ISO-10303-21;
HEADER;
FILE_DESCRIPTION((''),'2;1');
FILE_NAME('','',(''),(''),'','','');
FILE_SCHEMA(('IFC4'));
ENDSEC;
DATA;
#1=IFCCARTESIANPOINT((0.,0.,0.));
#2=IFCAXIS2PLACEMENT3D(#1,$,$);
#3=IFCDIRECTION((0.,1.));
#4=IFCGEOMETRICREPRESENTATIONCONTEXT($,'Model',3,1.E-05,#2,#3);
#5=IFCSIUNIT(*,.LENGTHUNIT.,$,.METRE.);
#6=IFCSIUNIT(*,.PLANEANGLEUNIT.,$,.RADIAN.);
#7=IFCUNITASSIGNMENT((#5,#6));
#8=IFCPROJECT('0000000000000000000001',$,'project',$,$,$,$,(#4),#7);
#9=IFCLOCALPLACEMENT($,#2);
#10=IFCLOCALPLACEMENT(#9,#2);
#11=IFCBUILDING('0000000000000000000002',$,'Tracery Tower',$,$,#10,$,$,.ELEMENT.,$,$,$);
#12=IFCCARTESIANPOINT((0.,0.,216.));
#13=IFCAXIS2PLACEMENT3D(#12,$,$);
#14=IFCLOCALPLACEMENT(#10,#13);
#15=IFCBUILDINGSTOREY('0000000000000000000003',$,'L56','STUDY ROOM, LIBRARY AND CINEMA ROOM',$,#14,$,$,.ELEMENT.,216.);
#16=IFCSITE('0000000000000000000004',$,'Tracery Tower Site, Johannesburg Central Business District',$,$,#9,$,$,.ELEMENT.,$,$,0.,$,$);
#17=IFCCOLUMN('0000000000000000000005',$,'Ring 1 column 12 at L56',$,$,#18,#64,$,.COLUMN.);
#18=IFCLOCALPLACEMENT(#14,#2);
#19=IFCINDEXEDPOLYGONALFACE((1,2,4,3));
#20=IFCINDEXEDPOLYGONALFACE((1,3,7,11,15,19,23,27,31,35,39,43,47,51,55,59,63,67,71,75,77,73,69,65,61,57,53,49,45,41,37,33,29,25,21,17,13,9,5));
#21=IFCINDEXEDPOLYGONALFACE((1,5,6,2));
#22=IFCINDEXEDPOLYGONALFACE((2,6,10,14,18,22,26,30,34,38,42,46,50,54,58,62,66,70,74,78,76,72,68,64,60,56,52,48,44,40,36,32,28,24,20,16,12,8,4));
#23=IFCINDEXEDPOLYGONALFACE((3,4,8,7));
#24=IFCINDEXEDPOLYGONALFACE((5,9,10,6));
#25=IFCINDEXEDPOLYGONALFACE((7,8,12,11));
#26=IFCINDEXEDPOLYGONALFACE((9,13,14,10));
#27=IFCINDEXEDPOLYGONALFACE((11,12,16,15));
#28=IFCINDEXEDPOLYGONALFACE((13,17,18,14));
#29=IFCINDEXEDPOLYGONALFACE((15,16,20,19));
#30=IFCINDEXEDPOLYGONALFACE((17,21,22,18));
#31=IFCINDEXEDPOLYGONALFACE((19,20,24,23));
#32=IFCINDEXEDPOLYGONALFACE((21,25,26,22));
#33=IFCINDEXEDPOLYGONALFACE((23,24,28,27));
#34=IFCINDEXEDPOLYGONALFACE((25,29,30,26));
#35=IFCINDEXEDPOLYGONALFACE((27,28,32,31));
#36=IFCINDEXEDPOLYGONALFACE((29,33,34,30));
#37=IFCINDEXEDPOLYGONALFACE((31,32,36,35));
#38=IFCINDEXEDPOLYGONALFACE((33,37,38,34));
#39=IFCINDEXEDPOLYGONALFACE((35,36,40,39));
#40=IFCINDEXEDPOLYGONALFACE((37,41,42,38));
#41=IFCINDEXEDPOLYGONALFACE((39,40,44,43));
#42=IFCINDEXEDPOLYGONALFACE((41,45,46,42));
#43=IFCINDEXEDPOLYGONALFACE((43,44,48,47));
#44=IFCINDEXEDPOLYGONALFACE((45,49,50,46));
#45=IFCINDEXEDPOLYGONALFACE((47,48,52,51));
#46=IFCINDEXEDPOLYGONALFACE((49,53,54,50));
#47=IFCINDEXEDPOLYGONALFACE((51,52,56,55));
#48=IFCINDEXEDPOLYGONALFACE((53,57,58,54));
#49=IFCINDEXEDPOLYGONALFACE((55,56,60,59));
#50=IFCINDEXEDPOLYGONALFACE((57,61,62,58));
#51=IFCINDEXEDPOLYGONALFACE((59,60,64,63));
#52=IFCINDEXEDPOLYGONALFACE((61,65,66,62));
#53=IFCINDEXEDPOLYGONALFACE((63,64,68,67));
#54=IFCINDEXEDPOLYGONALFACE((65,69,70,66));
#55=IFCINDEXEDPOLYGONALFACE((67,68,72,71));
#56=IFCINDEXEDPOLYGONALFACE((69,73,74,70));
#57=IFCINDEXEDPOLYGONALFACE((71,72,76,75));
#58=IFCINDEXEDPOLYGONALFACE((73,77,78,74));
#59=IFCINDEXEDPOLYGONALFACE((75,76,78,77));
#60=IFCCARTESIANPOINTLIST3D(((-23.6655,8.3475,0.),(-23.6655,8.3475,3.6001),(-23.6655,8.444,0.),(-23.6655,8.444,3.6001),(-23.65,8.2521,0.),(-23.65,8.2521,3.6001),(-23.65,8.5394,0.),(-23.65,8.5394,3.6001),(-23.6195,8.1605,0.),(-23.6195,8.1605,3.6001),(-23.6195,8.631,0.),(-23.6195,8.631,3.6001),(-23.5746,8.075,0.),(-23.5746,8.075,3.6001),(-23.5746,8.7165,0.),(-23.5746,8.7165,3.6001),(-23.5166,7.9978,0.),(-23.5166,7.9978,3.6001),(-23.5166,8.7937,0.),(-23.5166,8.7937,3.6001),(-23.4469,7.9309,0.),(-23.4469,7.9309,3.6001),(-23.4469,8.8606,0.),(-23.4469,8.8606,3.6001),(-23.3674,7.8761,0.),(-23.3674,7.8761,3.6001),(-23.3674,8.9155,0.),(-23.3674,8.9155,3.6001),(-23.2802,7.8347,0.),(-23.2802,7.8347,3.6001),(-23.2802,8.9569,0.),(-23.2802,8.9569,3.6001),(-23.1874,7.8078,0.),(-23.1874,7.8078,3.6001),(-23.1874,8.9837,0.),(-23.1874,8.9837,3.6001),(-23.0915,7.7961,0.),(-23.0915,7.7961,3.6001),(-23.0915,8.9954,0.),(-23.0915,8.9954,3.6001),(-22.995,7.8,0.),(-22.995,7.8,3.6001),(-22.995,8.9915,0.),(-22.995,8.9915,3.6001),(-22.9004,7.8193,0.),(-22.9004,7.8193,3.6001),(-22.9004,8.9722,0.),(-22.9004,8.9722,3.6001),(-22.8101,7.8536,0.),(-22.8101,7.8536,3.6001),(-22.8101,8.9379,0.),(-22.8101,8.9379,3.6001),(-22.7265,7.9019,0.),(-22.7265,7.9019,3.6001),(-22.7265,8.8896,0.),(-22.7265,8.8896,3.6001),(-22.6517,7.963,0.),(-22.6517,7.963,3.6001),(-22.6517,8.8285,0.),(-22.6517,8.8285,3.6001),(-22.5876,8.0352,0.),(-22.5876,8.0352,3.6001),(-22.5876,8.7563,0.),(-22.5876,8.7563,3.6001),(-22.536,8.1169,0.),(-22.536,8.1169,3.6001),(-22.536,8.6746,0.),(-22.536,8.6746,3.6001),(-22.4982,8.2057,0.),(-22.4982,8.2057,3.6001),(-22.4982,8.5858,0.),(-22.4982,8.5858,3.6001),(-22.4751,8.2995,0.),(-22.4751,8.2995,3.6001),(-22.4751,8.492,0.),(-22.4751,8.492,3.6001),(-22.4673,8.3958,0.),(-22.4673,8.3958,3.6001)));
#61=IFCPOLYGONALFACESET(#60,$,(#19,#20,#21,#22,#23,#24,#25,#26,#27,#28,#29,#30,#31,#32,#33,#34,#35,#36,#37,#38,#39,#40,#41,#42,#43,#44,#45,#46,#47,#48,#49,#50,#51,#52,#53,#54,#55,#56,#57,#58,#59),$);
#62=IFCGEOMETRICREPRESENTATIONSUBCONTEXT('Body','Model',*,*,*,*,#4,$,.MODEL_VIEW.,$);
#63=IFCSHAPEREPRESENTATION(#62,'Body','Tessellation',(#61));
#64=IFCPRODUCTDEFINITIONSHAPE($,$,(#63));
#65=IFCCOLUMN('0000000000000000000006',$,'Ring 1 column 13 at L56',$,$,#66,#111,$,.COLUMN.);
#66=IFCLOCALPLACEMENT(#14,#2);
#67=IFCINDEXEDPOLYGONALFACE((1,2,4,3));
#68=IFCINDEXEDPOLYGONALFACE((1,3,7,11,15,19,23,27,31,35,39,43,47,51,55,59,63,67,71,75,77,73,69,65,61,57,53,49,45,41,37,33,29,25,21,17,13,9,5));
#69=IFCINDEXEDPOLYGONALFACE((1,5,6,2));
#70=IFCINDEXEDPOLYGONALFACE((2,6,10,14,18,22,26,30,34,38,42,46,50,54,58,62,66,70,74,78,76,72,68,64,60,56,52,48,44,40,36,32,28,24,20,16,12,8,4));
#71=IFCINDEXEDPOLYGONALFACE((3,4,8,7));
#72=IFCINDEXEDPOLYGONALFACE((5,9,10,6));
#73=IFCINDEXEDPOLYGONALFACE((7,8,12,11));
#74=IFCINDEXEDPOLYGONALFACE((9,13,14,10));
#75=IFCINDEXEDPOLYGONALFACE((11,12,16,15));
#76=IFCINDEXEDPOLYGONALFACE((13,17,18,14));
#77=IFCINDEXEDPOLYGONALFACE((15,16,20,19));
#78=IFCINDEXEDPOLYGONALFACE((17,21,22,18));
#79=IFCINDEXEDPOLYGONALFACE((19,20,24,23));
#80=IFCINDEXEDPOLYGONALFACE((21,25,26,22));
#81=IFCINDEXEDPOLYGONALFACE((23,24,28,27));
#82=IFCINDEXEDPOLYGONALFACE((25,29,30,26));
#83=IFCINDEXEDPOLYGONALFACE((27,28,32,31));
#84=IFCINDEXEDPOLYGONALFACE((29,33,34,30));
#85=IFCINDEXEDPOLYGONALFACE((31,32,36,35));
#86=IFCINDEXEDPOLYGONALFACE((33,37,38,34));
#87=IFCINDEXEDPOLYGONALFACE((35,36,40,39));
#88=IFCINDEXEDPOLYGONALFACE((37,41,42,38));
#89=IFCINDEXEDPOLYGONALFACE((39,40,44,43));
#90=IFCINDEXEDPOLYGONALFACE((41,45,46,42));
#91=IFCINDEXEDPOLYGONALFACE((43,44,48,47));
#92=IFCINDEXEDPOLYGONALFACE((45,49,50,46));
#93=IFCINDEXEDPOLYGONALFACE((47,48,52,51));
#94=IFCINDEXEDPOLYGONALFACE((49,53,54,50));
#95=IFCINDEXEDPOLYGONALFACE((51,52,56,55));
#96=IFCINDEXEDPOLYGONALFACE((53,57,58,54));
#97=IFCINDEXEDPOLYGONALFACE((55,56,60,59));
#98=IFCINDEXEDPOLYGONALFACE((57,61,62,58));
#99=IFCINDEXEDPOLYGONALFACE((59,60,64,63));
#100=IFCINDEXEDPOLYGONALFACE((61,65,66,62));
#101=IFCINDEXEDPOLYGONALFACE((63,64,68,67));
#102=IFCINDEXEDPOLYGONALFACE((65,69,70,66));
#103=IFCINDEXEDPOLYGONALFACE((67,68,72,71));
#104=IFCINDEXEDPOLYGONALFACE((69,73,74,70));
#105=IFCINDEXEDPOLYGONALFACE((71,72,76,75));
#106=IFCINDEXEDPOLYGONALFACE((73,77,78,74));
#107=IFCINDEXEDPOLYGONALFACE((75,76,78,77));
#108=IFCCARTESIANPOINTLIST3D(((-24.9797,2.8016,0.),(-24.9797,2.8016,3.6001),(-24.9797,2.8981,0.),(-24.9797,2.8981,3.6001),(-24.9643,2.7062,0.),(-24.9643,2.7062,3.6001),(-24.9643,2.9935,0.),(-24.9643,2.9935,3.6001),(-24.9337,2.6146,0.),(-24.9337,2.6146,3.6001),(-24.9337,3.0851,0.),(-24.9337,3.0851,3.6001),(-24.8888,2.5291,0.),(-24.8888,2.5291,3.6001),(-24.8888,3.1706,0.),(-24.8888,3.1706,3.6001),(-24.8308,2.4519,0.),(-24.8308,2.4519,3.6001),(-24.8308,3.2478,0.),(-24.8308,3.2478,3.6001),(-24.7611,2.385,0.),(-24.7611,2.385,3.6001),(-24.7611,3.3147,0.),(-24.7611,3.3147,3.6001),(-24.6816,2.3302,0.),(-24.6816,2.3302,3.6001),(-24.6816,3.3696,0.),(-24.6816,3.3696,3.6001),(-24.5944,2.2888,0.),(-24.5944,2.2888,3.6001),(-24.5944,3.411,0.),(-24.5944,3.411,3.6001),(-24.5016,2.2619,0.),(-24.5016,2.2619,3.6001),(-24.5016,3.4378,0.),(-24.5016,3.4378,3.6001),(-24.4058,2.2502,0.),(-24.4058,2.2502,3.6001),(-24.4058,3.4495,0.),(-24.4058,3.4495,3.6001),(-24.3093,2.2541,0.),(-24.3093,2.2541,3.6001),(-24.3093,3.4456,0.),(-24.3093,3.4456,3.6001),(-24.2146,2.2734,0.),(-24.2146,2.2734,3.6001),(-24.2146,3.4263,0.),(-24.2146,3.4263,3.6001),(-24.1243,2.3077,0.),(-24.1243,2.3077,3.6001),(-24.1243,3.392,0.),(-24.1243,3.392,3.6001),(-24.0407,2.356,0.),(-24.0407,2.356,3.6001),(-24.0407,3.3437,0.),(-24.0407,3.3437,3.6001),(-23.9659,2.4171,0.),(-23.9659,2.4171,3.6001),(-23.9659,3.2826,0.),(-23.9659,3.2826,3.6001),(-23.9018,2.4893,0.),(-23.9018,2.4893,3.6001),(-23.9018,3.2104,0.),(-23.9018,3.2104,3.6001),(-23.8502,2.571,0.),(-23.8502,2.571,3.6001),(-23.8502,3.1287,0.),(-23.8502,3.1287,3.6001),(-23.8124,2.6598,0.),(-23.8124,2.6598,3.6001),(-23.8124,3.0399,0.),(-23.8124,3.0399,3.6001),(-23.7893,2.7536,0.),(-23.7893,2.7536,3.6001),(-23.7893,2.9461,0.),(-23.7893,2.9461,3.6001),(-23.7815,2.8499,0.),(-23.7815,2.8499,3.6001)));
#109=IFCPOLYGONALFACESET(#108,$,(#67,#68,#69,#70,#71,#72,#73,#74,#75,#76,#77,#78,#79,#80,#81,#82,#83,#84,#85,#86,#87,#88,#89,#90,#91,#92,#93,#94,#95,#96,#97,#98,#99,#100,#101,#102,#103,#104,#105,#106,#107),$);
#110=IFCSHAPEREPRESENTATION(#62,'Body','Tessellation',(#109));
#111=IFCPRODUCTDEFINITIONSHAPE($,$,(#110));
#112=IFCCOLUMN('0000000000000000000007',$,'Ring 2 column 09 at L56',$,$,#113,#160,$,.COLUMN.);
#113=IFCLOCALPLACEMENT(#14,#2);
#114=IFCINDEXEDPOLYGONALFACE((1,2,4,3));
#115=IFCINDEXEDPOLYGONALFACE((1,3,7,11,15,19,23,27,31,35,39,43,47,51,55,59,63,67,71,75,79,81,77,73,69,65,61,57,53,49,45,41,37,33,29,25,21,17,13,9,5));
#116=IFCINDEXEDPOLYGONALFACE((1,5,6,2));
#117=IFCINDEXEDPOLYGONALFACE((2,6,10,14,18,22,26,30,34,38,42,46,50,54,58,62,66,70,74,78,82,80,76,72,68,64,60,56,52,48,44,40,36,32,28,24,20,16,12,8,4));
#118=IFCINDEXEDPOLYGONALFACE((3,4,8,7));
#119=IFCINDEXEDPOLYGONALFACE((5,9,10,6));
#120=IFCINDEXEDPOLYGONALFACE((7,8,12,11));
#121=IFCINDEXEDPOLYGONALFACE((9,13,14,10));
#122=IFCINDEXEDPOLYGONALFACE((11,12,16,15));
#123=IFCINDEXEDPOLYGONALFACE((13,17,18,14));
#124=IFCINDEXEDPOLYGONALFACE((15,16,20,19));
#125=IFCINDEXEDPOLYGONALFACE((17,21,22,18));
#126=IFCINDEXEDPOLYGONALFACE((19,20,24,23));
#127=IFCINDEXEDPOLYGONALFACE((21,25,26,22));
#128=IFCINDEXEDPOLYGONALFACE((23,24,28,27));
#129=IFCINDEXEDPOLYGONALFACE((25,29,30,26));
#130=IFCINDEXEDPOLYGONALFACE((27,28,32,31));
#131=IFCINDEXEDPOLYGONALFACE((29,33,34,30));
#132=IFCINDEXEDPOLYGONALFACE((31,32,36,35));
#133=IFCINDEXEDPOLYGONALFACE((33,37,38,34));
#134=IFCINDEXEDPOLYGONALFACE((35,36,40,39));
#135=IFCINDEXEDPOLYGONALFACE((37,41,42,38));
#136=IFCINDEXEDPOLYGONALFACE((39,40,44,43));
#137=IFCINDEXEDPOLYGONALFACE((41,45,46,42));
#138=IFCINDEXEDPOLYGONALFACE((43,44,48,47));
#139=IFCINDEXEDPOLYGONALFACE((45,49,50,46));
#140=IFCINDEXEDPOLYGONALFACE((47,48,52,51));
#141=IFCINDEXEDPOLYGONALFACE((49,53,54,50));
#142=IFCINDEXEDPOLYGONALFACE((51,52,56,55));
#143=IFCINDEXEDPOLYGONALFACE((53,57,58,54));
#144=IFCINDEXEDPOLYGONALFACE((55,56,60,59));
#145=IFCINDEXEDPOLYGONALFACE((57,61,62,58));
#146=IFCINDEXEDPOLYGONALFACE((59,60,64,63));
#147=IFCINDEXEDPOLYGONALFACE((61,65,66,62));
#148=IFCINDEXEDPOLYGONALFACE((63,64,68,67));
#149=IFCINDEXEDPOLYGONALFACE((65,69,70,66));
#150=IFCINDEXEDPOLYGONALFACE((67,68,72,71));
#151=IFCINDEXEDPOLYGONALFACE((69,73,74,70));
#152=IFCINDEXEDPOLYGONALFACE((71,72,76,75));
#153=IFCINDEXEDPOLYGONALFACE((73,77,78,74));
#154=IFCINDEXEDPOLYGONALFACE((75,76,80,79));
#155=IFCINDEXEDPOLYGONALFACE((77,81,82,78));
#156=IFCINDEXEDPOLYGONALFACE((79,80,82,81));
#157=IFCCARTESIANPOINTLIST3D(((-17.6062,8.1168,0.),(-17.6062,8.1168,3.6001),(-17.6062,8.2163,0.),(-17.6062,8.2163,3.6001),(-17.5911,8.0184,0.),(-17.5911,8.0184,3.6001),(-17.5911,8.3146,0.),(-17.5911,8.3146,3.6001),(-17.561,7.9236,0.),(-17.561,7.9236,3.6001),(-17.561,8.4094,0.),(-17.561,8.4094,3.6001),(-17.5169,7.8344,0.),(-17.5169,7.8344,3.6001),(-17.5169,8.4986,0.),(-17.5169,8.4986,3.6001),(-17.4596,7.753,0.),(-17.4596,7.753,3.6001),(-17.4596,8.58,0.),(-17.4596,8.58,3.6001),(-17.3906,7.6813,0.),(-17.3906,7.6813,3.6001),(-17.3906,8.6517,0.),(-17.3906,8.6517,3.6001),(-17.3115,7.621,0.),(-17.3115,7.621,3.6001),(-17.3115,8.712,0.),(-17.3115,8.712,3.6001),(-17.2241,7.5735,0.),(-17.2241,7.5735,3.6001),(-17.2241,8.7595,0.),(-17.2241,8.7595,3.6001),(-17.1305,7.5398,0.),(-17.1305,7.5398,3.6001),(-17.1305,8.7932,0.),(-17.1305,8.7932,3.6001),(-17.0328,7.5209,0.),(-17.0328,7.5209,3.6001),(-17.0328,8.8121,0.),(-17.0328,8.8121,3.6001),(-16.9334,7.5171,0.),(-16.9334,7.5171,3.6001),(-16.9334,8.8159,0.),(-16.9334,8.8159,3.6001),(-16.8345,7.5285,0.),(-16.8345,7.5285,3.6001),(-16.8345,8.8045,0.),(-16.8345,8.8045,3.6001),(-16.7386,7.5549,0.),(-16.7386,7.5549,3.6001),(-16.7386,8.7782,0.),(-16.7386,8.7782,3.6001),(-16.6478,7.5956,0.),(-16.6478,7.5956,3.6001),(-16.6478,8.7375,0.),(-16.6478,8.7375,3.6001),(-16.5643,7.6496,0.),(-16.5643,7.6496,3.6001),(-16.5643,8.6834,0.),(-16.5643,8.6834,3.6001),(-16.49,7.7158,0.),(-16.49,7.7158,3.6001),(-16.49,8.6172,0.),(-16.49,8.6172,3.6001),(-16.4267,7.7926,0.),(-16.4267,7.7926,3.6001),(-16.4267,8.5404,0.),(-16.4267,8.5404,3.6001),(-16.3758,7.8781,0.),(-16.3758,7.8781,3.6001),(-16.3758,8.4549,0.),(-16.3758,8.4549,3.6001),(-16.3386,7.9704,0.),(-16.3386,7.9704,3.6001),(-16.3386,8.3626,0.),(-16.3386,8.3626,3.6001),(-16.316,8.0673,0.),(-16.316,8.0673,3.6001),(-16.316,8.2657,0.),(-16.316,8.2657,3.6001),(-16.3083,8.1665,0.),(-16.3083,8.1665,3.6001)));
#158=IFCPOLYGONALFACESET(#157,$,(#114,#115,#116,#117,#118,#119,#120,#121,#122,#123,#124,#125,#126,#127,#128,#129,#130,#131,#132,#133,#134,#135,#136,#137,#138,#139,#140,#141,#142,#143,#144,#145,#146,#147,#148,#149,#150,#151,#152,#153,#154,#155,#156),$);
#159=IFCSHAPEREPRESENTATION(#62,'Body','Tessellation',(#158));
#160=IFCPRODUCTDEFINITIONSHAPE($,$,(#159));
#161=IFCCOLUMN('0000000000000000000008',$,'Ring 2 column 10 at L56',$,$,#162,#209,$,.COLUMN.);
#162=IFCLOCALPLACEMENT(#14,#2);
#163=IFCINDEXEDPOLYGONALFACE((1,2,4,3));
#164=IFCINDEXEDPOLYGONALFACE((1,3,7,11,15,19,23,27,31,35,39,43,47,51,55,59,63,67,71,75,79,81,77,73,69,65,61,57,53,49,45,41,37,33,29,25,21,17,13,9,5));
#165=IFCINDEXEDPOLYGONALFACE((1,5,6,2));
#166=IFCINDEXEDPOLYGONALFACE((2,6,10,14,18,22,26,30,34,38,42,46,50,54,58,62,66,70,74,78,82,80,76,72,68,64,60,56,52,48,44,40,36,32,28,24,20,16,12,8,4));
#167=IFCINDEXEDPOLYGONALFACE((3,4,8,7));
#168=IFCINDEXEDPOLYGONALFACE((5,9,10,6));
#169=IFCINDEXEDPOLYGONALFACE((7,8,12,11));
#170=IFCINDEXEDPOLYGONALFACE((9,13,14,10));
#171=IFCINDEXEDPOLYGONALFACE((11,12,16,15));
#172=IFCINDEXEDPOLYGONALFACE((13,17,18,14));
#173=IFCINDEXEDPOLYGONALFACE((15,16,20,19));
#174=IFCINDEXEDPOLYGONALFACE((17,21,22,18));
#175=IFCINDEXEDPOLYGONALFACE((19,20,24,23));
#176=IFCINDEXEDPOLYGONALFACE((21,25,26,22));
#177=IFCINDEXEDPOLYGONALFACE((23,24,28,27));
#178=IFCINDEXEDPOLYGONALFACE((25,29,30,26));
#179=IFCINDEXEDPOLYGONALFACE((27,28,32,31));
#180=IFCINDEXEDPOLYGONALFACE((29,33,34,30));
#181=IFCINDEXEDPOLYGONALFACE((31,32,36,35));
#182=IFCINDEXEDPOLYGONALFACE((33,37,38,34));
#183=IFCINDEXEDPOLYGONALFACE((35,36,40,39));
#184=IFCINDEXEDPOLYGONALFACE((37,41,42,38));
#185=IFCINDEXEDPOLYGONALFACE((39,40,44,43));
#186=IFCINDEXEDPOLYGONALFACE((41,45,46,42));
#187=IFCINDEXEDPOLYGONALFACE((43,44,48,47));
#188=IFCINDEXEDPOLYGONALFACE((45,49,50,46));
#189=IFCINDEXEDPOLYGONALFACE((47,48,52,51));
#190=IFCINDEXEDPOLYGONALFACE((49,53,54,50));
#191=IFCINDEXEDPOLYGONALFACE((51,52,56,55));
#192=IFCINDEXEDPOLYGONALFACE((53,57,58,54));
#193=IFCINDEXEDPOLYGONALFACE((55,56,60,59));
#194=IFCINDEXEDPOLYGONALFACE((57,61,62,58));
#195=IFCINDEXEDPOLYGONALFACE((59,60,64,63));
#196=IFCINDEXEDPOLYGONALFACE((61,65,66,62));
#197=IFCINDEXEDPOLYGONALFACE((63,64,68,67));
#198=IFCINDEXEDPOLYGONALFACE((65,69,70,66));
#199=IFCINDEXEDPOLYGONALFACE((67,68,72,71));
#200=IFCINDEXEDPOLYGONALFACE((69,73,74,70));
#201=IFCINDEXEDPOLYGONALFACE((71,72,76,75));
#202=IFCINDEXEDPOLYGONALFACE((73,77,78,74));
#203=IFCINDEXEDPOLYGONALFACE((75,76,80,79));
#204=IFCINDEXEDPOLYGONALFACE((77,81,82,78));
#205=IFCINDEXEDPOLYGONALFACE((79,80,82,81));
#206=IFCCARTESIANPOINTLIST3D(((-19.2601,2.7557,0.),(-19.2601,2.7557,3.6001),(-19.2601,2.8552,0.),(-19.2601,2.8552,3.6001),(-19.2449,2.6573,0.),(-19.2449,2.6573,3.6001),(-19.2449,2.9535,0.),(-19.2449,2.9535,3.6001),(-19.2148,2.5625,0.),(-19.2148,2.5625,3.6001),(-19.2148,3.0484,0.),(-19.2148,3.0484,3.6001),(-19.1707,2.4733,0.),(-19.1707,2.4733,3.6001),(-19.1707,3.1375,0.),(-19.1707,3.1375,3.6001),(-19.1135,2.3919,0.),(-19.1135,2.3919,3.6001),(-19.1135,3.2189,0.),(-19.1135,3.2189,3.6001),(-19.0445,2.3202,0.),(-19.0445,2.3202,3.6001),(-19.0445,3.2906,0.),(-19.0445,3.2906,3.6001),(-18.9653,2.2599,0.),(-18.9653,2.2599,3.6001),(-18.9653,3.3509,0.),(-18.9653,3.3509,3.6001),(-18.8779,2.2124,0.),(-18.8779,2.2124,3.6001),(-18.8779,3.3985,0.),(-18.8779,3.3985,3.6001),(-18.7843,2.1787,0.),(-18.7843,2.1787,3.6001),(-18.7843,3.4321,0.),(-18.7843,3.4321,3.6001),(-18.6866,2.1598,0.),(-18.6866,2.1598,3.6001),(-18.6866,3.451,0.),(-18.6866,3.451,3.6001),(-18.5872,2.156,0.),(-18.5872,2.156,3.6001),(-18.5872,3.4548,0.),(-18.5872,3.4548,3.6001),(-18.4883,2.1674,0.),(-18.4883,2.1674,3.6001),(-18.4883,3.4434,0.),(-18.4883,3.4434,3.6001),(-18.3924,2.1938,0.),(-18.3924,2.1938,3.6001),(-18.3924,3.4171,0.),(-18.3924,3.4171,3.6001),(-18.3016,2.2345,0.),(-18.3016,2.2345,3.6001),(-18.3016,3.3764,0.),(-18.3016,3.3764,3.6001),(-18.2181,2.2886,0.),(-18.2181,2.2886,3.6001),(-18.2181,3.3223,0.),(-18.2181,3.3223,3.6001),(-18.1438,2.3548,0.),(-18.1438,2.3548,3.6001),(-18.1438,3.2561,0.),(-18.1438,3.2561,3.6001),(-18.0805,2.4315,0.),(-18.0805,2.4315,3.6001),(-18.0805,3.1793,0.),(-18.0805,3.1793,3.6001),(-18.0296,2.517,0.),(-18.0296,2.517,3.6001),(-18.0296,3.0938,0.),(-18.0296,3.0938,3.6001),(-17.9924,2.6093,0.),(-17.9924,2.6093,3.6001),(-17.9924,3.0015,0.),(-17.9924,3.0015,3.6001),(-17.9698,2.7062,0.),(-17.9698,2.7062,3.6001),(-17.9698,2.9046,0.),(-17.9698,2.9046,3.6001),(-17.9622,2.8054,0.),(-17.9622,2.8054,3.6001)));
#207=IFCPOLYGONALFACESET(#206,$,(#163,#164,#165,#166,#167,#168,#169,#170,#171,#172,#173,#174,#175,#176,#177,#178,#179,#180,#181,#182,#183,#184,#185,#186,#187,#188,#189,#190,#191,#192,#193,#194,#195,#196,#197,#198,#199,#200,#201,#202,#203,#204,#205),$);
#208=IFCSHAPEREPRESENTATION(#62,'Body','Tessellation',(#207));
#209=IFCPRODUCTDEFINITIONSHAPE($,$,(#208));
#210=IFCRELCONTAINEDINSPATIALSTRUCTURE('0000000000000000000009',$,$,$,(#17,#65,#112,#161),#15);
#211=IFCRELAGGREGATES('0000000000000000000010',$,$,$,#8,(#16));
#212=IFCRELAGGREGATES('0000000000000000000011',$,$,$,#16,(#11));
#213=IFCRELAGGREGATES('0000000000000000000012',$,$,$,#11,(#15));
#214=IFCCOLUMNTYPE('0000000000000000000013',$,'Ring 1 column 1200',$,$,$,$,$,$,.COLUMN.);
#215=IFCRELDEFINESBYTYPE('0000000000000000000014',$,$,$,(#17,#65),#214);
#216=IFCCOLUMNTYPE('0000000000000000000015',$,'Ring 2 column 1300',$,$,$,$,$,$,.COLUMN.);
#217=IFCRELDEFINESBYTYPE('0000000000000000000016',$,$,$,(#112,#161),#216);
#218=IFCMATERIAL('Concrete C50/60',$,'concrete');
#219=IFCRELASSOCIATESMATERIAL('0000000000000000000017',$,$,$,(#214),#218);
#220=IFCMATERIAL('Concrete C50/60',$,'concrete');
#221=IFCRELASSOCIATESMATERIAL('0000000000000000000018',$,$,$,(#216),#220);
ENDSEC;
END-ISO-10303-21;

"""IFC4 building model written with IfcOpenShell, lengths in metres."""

from ifc_helpers import new_model, si_unit, direction, frame, origin, origin_2d, place, context, subcontext, project, spatial, circle, extrude, material, material_profile, profile_set, type_object, element, save


model = new_model("IFC4")

# Units and contexts
model_context = context("Model", 3, precision=1e-05, world=origin(), true_north=direction((0.0, 1.0)))
body_context = subcontext(model_context, "Body", "Model", "MODEL_VIEW")
ifc_project = project(units=[si_unit("LENGTHUNIT", "METRE"), si_unit("PLANEANGLEUNIT", "RADIAN")], contexts=[model_context])

# Site, building, storey
site_placement = place(None, origin())
site = spatial("IfcSite", under=ifc_project, at=site_placement, Name="Tracery Tower Site, Johannesburg Central Business District", CompositionType="ELEMENT", RefElevation=0.0)
building_placement = place(site_placement, origin())
building = spatial("IfcBuilding", under=site, at=building_placement, Name="Tracery Tower", CompositionType="ELEMENT")
storey_placement = place(building_placement, frame((0.0, 0.0, 216.0)))
storey = spatial("IfcBuildingStorey", under=building, at=storey_placement, Name="L56", Description="STUDY ROOM, LIBRARY AND CINEMA ROOM", CompositionType="ELEMENT", Elevation=216.0)

# Columns
ifc_material_1 = material(Name="Concrete C50/60", Category="concrete")
ifc_material_profile_1 = material_profile(ifc_material_1, circle(Radius=0.6001, at=origin_2d()), Name="RC D1200")
ifc_profile_set_1 = profile_set([ifc_material_profile_1], Name="Concrete C50/60")
column_type_1 = type_object("IfcColumnType", Name="Ring 1 column 1200", PredefinedType="COLUMN", material=ifc_profile_set_1)
for number, where, z_axis, x_axis, name in (
    (1, (-23.0674, 8.3958, 0.0), (0.0, 0.0, 1.0), (1.0, 0.0, 0.0), "Ring 1 column 12 at L56"),
    (2, (-24.3816, 2.8499, 0.0), (0.0, 0.0, 1.0), (1.0, 0.0, 0.0), "Ring 1 column 13 at L56"),
):
    element("IfcColumn", number, at=place(storey_placement, frame(where, z_axis=z_axis, x_axis=x_axis)), inside=storey, type_object=column_type_1, Name=name, PredefinedType="COLUMN", context=body_context, shape_type="SweptSolid", body=[
        extrude(circle(Radius=0.6001, at=origin_2d()), origin(), (0.0, 0.0, 1.0), 3.6001),
    ])
ifc_material_2 = material(Name="Concrete C50/60", Category="concrete")
ifc_material_profile_2 = material_profile(ifc_material_2, circle(Radius=0.6499, at=origin_2d()), Name="RC D1300")
ifc_profile_set_2 = profile_set([ifc_material_profile_2], Name="Concrete C50/60")
column_type_2 = type_object("IfcColumnType", Name="Ring 2 column 1300", PredefinedType="COLUMN", material=ifc_profile_set_2)
for number, where, z_axis, x_axis, name in (
    (3, (-16.9583, 8.1665, 0.0), (0.0, 0.0, 1.0), (1.0, 0.0, 0.0), "Ring 2 column 09 at L56"),
    (4, (-18.6121, 2.8054, 0.0), (0.0, 0.0, 1.0), (1.0, 0.0, 0.0), "Ring 2 column 10 at L56"),
):
    element("IfcColumn", number, at=place(storey_placement, frame(where, z_axis=z_axis, x_axis=x_axis)), inside=storey, type_object=column_type_2, Name=name, PredefinedType="COLUMN", context=body_context, shape_type="SweptSolid", body=[
        extrude(circle(Radius=0.6499, at=origin_2d()), origin(), (0.0, 0.0, 1.0), 3.6001),
    ])

save(model, "model.ifc")
